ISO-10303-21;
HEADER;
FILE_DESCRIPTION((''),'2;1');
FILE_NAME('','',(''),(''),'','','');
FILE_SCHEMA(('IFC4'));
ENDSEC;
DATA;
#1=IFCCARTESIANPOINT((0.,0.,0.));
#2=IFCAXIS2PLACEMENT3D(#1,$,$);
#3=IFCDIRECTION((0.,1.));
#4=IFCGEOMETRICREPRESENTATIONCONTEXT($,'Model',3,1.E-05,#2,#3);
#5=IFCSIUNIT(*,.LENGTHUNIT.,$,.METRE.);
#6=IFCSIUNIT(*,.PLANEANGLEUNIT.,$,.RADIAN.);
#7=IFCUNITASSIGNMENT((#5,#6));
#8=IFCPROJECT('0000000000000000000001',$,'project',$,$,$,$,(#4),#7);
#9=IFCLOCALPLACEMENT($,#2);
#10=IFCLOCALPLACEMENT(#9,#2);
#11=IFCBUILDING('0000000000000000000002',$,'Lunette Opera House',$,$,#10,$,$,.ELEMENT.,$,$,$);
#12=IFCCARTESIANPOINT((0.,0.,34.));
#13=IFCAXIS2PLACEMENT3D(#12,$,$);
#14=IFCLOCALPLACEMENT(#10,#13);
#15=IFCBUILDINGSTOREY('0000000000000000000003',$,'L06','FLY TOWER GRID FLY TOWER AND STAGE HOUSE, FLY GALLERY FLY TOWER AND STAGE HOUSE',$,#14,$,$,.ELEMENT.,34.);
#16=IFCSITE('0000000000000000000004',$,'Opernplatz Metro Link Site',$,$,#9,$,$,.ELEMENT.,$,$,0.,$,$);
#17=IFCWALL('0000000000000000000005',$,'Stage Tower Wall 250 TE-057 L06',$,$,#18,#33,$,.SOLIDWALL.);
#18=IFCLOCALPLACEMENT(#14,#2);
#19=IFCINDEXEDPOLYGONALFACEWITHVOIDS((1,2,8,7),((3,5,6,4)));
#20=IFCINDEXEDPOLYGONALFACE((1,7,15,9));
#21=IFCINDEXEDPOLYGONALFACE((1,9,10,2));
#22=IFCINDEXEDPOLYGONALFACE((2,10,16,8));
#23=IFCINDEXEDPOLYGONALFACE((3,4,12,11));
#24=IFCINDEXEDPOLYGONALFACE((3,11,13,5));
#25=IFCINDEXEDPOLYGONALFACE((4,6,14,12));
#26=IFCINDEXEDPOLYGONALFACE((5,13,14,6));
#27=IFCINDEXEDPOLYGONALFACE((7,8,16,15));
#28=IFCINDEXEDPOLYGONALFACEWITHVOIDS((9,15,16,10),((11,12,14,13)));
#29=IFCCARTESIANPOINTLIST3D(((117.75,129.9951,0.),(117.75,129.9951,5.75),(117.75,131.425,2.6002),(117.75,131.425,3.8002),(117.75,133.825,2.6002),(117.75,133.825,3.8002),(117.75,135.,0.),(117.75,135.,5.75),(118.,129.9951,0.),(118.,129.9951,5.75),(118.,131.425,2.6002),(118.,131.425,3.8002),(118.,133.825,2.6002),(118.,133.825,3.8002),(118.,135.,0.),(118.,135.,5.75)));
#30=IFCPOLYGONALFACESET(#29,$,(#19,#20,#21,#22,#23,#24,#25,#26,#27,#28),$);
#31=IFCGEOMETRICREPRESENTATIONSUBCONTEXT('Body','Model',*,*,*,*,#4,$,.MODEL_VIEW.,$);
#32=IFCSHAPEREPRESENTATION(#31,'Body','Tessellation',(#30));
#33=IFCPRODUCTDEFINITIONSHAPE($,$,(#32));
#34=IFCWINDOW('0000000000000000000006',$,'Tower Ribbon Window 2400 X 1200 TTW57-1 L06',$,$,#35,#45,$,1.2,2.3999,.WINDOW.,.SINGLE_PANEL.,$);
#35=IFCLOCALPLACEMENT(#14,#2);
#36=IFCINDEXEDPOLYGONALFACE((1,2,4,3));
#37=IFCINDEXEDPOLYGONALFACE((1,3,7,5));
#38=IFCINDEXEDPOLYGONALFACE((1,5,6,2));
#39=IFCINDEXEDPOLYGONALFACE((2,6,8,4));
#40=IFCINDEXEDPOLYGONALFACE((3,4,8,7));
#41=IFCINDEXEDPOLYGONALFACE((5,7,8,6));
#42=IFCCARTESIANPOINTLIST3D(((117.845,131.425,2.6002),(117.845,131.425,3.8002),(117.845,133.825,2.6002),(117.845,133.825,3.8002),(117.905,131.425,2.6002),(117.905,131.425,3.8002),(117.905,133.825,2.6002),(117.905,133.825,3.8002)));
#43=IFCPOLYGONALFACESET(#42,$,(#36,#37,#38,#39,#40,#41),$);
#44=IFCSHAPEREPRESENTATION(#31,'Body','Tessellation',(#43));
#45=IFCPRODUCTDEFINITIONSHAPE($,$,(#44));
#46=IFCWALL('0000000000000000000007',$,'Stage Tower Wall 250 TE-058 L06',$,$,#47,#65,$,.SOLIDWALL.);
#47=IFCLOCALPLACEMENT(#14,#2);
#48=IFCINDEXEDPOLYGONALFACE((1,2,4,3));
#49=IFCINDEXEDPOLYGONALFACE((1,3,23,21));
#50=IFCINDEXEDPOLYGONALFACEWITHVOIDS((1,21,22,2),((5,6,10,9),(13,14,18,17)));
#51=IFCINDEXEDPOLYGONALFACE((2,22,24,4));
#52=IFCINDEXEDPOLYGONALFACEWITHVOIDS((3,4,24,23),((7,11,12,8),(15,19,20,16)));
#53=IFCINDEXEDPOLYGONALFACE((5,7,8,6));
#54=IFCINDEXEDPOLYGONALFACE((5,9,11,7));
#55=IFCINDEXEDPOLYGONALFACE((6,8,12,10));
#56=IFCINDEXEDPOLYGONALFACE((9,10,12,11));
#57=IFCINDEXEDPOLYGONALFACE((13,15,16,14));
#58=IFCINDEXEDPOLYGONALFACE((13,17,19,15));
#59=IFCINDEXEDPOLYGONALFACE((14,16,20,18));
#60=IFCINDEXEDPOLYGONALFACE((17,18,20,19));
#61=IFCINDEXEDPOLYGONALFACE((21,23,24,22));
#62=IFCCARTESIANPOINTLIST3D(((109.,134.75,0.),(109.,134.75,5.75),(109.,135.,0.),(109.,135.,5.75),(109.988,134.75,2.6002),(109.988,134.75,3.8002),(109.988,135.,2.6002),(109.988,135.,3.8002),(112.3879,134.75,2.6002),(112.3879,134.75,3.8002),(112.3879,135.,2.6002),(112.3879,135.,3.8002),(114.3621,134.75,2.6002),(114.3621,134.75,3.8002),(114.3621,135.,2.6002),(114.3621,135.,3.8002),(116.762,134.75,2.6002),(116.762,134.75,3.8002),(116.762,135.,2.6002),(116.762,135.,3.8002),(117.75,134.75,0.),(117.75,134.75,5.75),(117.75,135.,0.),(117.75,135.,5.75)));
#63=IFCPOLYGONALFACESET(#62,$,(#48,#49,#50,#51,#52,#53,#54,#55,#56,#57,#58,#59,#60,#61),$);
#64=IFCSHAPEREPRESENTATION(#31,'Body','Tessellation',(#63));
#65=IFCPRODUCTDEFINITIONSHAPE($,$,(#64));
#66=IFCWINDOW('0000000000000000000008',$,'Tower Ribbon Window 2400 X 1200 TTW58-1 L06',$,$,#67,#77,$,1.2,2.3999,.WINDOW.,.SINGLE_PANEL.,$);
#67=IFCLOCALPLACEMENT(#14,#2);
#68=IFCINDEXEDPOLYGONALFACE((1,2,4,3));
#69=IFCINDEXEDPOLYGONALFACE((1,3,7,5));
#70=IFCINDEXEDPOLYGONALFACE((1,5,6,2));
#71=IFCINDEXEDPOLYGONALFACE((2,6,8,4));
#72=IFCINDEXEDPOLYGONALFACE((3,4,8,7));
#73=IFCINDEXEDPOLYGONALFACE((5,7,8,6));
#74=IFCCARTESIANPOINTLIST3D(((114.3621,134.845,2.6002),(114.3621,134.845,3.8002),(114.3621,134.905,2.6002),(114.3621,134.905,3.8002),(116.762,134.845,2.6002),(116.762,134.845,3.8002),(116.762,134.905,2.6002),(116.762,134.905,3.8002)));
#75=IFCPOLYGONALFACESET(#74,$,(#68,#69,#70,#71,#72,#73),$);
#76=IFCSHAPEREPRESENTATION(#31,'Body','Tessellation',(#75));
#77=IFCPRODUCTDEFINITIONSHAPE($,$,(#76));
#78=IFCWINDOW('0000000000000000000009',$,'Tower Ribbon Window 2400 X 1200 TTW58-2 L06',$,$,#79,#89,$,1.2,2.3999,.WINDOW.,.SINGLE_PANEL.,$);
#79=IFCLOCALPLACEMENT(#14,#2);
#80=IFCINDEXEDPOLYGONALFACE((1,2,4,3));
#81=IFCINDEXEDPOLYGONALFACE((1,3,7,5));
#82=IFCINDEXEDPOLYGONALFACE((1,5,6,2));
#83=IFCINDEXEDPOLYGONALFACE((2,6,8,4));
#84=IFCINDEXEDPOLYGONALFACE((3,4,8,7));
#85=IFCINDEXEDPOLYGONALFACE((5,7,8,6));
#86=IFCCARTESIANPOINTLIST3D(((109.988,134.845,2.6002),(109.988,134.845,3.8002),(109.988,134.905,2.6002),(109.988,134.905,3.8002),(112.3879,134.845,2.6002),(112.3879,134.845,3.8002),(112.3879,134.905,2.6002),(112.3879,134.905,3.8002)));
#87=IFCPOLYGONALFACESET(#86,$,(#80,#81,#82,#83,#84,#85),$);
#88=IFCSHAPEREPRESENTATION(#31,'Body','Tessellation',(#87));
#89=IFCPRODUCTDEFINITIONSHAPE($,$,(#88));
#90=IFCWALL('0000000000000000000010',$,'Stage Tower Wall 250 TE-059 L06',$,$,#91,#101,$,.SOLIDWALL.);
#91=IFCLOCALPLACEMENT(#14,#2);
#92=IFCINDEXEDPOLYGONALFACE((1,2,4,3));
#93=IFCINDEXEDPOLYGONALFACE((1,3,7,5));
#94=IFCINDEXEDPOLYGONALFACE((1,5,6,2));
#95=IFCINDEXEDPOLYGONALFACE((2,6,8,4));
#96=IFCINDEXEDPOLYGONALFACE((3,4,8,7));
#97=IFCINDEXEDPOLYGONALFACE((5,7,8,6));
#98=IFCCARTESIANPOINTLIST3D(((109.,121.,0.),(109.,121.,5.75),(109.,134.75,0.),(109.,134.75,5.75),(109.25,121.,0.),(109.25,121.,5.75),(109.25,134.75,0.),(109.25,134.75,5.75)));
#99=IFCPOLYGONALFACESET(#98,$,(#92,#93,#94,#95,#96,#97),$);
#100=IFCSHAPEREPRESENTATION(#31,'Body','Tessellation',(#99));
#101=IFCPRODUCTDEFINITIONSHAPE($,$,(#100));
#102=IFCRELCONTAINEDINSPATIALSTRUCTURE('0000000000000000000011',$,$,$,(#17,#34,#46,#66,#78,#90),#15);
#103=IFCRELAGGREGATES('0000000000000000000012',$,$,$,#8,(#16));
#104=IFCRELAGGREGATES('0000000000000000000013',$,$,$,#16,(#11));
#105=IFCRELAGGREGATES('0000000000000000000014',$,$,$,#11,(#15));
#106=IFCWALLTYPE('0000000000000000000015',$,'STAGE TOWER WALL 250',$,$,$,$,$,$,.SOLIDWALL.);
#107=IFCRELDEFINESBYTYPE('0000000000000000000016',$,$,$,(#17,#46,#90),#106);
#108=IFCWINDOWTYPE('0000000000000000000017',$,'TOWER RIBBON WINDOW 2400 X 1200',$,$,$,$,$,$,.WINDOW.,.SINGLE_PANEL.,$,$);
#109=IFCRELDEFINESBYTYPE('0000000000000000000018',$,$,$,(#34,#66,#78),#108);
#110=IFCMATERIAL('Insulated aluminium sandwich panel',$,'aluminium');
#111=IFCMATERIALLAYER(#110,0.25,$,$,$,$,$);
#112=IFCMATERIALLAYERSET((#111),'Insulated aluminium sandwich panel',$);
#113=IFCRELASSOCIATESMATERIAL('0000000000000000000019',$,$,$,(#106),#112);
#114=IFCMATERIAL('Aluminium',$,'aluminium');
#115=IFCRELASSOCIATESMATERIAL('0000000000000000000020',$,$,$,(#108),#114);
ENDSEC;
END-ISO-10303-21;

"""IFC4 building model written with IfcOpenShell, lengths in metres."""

from ifc_helpers import new_model, si_unit, direction, frame, frame_2d, origin, place, context, subcontext, project, spatial, rectangle, extrude, material, layer, layer_set, type_object, element, fill, save


model = new_model("IFC4")

# Units and contexts
model_context = context("Model", 3, precision=1e-05, world=origin(), true_north=direction((0.0, 1.0)))
body_context = subcontext(model_context, "Body", "Model", "MODEL_VIEW")
ifc_project = project(units=[si_unit("LENGTHUNIT", "METRE"), si_unit("PLANEANGLEUNIT", "RADIAN")], contexts=[model_context])

# Site, building, storey
site_placement = place(None, origin())
site = spatial("IfcSite", under=ifc_project, at=site_placement, Name="Opernplatz Metro Link Site", CompositionType="ELEMENT", RefElevation=0.0)
building_placement = place(site_placement, origin())
building = spatial("IfcBuilding", under=site, at=building_placement, Name="Lunette Opera House", CompositionType="ELEMENT")
storey_placement = place(building_placement, frame((0.0, 0.0, 34.0)))
storey = spatial("IfcBuildingStorey", under=building, at=storey_placement, Name="L06", Description="FLY TOWER GRID FLY TOWER AND STAGE HOUSE, FLY GALLERY FLY TOWER AND STAGE HOUSE", CompositionType="ELEMENT", Elevation=34.0)

# Wall, opening, window
ifc_material_1 = material(Name="Insulated aluminium sandwich panel", Category="aluminium")
ifc_layer_1 = layer(ifc_material_1, 0.25)
ifc_layer_set_1 = layer_set([ifc_layer_1], Name="Insulated aluminium sandwich panel")
wall_type_1 = type_object("IfcWallType", Name="STAGE TOWER WALL 250", PredefinedType="SOLIDWALL", material=ifc_layer_set_1)
wall_1_placement = place(storey_placement, frame((117.875, 129.9951, 0.0), z_axis=(0.0, 0.0, 1.0), x_axis=(0.0, 1.0, 0.0)))
wall_1 = element("IfcWall", 1, at=wall_1_placement, inside=storey, type_object=wall_type_1, Name="Stage Tower Wall 250 TE-057 L06", PredefinedType="SOLIDWALL", context=body_context, shape_type="SweptSolid", body=[
    extrude(rectangle(XDim=5.0049, YDim=0.25, at=frame_2d((2.5024, 0.0))), origin(), (0.0, 0.0, 1.0), 5.75),
])
opening_1_placement = place(wall_1_placement, frame((1.4299, 0.0, 2.6001)))
opening_1 = element("IfcOpeningElement", 2, at=opening_1_placement, cuts=wall_1, PredefinedType="OPENING", context=body_context, shape_type="SweptSolid", body=[
    extrude(rectangle(XDim=2.3999, YDim=1.2, at=frame_2d((1.2, 0.6001))), frame((0.0, 0.137, 0.0), z_axis=(0.0, -1.0, 0.0), x_axis=(1.0, 0.0, 0.0)), (0.0, 0.0, 1.0), 0.2739),
])
ifc_material_2 = material(Name="Aluminium", Category="aluminium")
window_type = type_object("IfcWindowType", Name="TOWER RIBBON WINDOW 2400 X 1200", PartitioningType="SINGLE_PANEL", PredefinedType="WINDOW", material=ifc_material_2)
window_1_placement = place(opening_1_placement, origin())
window_1 = element("IfcWindow", 3, at=window_1_placement, inside=storey, type_object=window_type, Name="Tower Ribbon Window 2400 X 1200 TTW57-1 L06", OverallHeight=1.2, OverallWidth=2.3999, PartitioningType="SINGLE_PANEL", PredefinedType="WINDOW", context=body_context, shape_type="SweptSolid", body=[
    extrude(rectangle(XDim=2.3999, YDim=1.2, at=frame_2d((1.2, 0.6001))), frame((0.0, 0.03, 0.0), z_axis=(0.0, -1.0, 0.0), x_axis=(1.0, 0.0, 0.0)), (0.0, 0.0, 1.0), 0.0601),
])
fill(opening_1, window_1)

# Wall, openings, windows
wall_2_placement = place(storey_placement, frame((117.75, 134.875, 0.0), z_axis=(0.0, 0.0, 1.0), x_axis=(-1.0, 0.0, 0.0)))
wall_2 = element("IfcWall", 4, at=wall_2_placement, inside=storey, type_object=wall_type_1, Name="Stage Tower Wall 250 TE-058 L06", PredefinedType="SOLIDWALL", context=body_context, shape_type="SweptSolid", body=[
    extrude(rectangle(XDim=8.75, YDim=0.25, at=frame_2d((4.375, 0.0))), origin(), (0.0, 0.0, 1.0), 5.75),
])
opening_2_placement = place(wall_2_placement, frame((0.988, 0.0, 2.6001)))
opening_2 = element("IfcOpeningElement", 5, at=opening_2_placement, cuts=wall_2, PredefinedType="OPENING", context=body_context, shape_type="SweptSolid", body=[
    extrude(rectangle(XDim=2.3999, YDim=1.2, at=frame_2d((1.2, 0.6001))), frame((0.0, 0.137, 0.0), z_axis=(0.0, -1.0, 0.0), x_axis=(1.0, 0.0, 0.0)), (0.0, 0.0, 1.0), 0.2739),
])
opening_3_placement = place(wall_2_placement, frame((5.3621, 0.0, 2.6001)))
opening_3 = element("IfcOpeningElement", 6, at=opening_3_placement, cuts=wall_2, PredefinedType="OPENING", context=body_context, shape_type="SweptSolid", body=[
    extrude(rectangle(XDim=2.3999, YDim=1.2, at=frame_2d((1.2, 0.6001))), frame((0.0, 0.137, 0.0), z_axis=(0.0, -1.0, 0.0), x_axis=(1.0, 0.0, 0.0)), (0.0, 0.0, 1.0), 0.2739),
])
window_2_placement = place(opening_2_placement, origin())
window_2 = element("IfcWindow", 7, at=window_2_placement, inside=storey, type_object=window_type, Name="Tower Ribbon Window 2400 X 1200 TTW58-1 L06", OverallHeight=1.2, OverallWidth=2.3999, PartitioningType="SINGLE_PANEL", PredefinedType="WINDOW", context=body_context, shape_type="SweptSolid", body=[
    extrude(rectangle(XDim=2.3999, YDim=1.2, at=frame_2d((1.2, 0.6001))), frame((0.0, 0.03, 0.0), z_axis=(0.0, -1.0, 0.0), x_axis=(1.0, 0.0, 0.0)), (0.0, 0.0, 1.0), 0.0601),
])
fill(opening_2, window_2)
window_3_placement = place(opening_3_placement, origin())
window_3 = element("IfcWindow", 8, at=window_3_placement, inside=storey, type_object=window_type, Name="Tower Ribbon Window 2400 X 1200 TTW58-2 L06", OverallHeight=1.2, OverallWidth=2.3999, PartitioningType="SINGLE_PANEL", PredefinedType="WINDOW", context=body_context, shape_type="SweptSolid", body=[
    extrude(rectangle(XDim=2.3999, YDim=1.2, at=frame_2d((1.2, 0.6001))), frame((0.0, 0.03, 0.0), z_axis=(0.0, -1.0, 0.0), x_axis=(1.0, 0.0, 0.0)), (0.0, 0.0, 1.0), 0.0601),
])
fill(opening_3, window_3)

# Wall
wall_3_placement = place(storey_placement, frame((109.125, 134.75, 0.0), z_axis=(0.0, 0.0, 1.0), x_axis=(0.0, -1.0, 0.0)))
element("IfcWall", 9, at=wall_3_placement, inside=storey, type_object=wall_type_1, Name="Stage Tower Wall 250 TE-059 L06", PredefinedType="SOLIDWALL", context=body_context, shape_type="SweptSolid", body=[
    extrude(rectangle(XDim=13.75, YDim=0.25, at=frame_2d((6.875, 0.0))), origin(), (0.0, 0.0, 1.0), 5.75),
])

save(model, "model.ifc")
